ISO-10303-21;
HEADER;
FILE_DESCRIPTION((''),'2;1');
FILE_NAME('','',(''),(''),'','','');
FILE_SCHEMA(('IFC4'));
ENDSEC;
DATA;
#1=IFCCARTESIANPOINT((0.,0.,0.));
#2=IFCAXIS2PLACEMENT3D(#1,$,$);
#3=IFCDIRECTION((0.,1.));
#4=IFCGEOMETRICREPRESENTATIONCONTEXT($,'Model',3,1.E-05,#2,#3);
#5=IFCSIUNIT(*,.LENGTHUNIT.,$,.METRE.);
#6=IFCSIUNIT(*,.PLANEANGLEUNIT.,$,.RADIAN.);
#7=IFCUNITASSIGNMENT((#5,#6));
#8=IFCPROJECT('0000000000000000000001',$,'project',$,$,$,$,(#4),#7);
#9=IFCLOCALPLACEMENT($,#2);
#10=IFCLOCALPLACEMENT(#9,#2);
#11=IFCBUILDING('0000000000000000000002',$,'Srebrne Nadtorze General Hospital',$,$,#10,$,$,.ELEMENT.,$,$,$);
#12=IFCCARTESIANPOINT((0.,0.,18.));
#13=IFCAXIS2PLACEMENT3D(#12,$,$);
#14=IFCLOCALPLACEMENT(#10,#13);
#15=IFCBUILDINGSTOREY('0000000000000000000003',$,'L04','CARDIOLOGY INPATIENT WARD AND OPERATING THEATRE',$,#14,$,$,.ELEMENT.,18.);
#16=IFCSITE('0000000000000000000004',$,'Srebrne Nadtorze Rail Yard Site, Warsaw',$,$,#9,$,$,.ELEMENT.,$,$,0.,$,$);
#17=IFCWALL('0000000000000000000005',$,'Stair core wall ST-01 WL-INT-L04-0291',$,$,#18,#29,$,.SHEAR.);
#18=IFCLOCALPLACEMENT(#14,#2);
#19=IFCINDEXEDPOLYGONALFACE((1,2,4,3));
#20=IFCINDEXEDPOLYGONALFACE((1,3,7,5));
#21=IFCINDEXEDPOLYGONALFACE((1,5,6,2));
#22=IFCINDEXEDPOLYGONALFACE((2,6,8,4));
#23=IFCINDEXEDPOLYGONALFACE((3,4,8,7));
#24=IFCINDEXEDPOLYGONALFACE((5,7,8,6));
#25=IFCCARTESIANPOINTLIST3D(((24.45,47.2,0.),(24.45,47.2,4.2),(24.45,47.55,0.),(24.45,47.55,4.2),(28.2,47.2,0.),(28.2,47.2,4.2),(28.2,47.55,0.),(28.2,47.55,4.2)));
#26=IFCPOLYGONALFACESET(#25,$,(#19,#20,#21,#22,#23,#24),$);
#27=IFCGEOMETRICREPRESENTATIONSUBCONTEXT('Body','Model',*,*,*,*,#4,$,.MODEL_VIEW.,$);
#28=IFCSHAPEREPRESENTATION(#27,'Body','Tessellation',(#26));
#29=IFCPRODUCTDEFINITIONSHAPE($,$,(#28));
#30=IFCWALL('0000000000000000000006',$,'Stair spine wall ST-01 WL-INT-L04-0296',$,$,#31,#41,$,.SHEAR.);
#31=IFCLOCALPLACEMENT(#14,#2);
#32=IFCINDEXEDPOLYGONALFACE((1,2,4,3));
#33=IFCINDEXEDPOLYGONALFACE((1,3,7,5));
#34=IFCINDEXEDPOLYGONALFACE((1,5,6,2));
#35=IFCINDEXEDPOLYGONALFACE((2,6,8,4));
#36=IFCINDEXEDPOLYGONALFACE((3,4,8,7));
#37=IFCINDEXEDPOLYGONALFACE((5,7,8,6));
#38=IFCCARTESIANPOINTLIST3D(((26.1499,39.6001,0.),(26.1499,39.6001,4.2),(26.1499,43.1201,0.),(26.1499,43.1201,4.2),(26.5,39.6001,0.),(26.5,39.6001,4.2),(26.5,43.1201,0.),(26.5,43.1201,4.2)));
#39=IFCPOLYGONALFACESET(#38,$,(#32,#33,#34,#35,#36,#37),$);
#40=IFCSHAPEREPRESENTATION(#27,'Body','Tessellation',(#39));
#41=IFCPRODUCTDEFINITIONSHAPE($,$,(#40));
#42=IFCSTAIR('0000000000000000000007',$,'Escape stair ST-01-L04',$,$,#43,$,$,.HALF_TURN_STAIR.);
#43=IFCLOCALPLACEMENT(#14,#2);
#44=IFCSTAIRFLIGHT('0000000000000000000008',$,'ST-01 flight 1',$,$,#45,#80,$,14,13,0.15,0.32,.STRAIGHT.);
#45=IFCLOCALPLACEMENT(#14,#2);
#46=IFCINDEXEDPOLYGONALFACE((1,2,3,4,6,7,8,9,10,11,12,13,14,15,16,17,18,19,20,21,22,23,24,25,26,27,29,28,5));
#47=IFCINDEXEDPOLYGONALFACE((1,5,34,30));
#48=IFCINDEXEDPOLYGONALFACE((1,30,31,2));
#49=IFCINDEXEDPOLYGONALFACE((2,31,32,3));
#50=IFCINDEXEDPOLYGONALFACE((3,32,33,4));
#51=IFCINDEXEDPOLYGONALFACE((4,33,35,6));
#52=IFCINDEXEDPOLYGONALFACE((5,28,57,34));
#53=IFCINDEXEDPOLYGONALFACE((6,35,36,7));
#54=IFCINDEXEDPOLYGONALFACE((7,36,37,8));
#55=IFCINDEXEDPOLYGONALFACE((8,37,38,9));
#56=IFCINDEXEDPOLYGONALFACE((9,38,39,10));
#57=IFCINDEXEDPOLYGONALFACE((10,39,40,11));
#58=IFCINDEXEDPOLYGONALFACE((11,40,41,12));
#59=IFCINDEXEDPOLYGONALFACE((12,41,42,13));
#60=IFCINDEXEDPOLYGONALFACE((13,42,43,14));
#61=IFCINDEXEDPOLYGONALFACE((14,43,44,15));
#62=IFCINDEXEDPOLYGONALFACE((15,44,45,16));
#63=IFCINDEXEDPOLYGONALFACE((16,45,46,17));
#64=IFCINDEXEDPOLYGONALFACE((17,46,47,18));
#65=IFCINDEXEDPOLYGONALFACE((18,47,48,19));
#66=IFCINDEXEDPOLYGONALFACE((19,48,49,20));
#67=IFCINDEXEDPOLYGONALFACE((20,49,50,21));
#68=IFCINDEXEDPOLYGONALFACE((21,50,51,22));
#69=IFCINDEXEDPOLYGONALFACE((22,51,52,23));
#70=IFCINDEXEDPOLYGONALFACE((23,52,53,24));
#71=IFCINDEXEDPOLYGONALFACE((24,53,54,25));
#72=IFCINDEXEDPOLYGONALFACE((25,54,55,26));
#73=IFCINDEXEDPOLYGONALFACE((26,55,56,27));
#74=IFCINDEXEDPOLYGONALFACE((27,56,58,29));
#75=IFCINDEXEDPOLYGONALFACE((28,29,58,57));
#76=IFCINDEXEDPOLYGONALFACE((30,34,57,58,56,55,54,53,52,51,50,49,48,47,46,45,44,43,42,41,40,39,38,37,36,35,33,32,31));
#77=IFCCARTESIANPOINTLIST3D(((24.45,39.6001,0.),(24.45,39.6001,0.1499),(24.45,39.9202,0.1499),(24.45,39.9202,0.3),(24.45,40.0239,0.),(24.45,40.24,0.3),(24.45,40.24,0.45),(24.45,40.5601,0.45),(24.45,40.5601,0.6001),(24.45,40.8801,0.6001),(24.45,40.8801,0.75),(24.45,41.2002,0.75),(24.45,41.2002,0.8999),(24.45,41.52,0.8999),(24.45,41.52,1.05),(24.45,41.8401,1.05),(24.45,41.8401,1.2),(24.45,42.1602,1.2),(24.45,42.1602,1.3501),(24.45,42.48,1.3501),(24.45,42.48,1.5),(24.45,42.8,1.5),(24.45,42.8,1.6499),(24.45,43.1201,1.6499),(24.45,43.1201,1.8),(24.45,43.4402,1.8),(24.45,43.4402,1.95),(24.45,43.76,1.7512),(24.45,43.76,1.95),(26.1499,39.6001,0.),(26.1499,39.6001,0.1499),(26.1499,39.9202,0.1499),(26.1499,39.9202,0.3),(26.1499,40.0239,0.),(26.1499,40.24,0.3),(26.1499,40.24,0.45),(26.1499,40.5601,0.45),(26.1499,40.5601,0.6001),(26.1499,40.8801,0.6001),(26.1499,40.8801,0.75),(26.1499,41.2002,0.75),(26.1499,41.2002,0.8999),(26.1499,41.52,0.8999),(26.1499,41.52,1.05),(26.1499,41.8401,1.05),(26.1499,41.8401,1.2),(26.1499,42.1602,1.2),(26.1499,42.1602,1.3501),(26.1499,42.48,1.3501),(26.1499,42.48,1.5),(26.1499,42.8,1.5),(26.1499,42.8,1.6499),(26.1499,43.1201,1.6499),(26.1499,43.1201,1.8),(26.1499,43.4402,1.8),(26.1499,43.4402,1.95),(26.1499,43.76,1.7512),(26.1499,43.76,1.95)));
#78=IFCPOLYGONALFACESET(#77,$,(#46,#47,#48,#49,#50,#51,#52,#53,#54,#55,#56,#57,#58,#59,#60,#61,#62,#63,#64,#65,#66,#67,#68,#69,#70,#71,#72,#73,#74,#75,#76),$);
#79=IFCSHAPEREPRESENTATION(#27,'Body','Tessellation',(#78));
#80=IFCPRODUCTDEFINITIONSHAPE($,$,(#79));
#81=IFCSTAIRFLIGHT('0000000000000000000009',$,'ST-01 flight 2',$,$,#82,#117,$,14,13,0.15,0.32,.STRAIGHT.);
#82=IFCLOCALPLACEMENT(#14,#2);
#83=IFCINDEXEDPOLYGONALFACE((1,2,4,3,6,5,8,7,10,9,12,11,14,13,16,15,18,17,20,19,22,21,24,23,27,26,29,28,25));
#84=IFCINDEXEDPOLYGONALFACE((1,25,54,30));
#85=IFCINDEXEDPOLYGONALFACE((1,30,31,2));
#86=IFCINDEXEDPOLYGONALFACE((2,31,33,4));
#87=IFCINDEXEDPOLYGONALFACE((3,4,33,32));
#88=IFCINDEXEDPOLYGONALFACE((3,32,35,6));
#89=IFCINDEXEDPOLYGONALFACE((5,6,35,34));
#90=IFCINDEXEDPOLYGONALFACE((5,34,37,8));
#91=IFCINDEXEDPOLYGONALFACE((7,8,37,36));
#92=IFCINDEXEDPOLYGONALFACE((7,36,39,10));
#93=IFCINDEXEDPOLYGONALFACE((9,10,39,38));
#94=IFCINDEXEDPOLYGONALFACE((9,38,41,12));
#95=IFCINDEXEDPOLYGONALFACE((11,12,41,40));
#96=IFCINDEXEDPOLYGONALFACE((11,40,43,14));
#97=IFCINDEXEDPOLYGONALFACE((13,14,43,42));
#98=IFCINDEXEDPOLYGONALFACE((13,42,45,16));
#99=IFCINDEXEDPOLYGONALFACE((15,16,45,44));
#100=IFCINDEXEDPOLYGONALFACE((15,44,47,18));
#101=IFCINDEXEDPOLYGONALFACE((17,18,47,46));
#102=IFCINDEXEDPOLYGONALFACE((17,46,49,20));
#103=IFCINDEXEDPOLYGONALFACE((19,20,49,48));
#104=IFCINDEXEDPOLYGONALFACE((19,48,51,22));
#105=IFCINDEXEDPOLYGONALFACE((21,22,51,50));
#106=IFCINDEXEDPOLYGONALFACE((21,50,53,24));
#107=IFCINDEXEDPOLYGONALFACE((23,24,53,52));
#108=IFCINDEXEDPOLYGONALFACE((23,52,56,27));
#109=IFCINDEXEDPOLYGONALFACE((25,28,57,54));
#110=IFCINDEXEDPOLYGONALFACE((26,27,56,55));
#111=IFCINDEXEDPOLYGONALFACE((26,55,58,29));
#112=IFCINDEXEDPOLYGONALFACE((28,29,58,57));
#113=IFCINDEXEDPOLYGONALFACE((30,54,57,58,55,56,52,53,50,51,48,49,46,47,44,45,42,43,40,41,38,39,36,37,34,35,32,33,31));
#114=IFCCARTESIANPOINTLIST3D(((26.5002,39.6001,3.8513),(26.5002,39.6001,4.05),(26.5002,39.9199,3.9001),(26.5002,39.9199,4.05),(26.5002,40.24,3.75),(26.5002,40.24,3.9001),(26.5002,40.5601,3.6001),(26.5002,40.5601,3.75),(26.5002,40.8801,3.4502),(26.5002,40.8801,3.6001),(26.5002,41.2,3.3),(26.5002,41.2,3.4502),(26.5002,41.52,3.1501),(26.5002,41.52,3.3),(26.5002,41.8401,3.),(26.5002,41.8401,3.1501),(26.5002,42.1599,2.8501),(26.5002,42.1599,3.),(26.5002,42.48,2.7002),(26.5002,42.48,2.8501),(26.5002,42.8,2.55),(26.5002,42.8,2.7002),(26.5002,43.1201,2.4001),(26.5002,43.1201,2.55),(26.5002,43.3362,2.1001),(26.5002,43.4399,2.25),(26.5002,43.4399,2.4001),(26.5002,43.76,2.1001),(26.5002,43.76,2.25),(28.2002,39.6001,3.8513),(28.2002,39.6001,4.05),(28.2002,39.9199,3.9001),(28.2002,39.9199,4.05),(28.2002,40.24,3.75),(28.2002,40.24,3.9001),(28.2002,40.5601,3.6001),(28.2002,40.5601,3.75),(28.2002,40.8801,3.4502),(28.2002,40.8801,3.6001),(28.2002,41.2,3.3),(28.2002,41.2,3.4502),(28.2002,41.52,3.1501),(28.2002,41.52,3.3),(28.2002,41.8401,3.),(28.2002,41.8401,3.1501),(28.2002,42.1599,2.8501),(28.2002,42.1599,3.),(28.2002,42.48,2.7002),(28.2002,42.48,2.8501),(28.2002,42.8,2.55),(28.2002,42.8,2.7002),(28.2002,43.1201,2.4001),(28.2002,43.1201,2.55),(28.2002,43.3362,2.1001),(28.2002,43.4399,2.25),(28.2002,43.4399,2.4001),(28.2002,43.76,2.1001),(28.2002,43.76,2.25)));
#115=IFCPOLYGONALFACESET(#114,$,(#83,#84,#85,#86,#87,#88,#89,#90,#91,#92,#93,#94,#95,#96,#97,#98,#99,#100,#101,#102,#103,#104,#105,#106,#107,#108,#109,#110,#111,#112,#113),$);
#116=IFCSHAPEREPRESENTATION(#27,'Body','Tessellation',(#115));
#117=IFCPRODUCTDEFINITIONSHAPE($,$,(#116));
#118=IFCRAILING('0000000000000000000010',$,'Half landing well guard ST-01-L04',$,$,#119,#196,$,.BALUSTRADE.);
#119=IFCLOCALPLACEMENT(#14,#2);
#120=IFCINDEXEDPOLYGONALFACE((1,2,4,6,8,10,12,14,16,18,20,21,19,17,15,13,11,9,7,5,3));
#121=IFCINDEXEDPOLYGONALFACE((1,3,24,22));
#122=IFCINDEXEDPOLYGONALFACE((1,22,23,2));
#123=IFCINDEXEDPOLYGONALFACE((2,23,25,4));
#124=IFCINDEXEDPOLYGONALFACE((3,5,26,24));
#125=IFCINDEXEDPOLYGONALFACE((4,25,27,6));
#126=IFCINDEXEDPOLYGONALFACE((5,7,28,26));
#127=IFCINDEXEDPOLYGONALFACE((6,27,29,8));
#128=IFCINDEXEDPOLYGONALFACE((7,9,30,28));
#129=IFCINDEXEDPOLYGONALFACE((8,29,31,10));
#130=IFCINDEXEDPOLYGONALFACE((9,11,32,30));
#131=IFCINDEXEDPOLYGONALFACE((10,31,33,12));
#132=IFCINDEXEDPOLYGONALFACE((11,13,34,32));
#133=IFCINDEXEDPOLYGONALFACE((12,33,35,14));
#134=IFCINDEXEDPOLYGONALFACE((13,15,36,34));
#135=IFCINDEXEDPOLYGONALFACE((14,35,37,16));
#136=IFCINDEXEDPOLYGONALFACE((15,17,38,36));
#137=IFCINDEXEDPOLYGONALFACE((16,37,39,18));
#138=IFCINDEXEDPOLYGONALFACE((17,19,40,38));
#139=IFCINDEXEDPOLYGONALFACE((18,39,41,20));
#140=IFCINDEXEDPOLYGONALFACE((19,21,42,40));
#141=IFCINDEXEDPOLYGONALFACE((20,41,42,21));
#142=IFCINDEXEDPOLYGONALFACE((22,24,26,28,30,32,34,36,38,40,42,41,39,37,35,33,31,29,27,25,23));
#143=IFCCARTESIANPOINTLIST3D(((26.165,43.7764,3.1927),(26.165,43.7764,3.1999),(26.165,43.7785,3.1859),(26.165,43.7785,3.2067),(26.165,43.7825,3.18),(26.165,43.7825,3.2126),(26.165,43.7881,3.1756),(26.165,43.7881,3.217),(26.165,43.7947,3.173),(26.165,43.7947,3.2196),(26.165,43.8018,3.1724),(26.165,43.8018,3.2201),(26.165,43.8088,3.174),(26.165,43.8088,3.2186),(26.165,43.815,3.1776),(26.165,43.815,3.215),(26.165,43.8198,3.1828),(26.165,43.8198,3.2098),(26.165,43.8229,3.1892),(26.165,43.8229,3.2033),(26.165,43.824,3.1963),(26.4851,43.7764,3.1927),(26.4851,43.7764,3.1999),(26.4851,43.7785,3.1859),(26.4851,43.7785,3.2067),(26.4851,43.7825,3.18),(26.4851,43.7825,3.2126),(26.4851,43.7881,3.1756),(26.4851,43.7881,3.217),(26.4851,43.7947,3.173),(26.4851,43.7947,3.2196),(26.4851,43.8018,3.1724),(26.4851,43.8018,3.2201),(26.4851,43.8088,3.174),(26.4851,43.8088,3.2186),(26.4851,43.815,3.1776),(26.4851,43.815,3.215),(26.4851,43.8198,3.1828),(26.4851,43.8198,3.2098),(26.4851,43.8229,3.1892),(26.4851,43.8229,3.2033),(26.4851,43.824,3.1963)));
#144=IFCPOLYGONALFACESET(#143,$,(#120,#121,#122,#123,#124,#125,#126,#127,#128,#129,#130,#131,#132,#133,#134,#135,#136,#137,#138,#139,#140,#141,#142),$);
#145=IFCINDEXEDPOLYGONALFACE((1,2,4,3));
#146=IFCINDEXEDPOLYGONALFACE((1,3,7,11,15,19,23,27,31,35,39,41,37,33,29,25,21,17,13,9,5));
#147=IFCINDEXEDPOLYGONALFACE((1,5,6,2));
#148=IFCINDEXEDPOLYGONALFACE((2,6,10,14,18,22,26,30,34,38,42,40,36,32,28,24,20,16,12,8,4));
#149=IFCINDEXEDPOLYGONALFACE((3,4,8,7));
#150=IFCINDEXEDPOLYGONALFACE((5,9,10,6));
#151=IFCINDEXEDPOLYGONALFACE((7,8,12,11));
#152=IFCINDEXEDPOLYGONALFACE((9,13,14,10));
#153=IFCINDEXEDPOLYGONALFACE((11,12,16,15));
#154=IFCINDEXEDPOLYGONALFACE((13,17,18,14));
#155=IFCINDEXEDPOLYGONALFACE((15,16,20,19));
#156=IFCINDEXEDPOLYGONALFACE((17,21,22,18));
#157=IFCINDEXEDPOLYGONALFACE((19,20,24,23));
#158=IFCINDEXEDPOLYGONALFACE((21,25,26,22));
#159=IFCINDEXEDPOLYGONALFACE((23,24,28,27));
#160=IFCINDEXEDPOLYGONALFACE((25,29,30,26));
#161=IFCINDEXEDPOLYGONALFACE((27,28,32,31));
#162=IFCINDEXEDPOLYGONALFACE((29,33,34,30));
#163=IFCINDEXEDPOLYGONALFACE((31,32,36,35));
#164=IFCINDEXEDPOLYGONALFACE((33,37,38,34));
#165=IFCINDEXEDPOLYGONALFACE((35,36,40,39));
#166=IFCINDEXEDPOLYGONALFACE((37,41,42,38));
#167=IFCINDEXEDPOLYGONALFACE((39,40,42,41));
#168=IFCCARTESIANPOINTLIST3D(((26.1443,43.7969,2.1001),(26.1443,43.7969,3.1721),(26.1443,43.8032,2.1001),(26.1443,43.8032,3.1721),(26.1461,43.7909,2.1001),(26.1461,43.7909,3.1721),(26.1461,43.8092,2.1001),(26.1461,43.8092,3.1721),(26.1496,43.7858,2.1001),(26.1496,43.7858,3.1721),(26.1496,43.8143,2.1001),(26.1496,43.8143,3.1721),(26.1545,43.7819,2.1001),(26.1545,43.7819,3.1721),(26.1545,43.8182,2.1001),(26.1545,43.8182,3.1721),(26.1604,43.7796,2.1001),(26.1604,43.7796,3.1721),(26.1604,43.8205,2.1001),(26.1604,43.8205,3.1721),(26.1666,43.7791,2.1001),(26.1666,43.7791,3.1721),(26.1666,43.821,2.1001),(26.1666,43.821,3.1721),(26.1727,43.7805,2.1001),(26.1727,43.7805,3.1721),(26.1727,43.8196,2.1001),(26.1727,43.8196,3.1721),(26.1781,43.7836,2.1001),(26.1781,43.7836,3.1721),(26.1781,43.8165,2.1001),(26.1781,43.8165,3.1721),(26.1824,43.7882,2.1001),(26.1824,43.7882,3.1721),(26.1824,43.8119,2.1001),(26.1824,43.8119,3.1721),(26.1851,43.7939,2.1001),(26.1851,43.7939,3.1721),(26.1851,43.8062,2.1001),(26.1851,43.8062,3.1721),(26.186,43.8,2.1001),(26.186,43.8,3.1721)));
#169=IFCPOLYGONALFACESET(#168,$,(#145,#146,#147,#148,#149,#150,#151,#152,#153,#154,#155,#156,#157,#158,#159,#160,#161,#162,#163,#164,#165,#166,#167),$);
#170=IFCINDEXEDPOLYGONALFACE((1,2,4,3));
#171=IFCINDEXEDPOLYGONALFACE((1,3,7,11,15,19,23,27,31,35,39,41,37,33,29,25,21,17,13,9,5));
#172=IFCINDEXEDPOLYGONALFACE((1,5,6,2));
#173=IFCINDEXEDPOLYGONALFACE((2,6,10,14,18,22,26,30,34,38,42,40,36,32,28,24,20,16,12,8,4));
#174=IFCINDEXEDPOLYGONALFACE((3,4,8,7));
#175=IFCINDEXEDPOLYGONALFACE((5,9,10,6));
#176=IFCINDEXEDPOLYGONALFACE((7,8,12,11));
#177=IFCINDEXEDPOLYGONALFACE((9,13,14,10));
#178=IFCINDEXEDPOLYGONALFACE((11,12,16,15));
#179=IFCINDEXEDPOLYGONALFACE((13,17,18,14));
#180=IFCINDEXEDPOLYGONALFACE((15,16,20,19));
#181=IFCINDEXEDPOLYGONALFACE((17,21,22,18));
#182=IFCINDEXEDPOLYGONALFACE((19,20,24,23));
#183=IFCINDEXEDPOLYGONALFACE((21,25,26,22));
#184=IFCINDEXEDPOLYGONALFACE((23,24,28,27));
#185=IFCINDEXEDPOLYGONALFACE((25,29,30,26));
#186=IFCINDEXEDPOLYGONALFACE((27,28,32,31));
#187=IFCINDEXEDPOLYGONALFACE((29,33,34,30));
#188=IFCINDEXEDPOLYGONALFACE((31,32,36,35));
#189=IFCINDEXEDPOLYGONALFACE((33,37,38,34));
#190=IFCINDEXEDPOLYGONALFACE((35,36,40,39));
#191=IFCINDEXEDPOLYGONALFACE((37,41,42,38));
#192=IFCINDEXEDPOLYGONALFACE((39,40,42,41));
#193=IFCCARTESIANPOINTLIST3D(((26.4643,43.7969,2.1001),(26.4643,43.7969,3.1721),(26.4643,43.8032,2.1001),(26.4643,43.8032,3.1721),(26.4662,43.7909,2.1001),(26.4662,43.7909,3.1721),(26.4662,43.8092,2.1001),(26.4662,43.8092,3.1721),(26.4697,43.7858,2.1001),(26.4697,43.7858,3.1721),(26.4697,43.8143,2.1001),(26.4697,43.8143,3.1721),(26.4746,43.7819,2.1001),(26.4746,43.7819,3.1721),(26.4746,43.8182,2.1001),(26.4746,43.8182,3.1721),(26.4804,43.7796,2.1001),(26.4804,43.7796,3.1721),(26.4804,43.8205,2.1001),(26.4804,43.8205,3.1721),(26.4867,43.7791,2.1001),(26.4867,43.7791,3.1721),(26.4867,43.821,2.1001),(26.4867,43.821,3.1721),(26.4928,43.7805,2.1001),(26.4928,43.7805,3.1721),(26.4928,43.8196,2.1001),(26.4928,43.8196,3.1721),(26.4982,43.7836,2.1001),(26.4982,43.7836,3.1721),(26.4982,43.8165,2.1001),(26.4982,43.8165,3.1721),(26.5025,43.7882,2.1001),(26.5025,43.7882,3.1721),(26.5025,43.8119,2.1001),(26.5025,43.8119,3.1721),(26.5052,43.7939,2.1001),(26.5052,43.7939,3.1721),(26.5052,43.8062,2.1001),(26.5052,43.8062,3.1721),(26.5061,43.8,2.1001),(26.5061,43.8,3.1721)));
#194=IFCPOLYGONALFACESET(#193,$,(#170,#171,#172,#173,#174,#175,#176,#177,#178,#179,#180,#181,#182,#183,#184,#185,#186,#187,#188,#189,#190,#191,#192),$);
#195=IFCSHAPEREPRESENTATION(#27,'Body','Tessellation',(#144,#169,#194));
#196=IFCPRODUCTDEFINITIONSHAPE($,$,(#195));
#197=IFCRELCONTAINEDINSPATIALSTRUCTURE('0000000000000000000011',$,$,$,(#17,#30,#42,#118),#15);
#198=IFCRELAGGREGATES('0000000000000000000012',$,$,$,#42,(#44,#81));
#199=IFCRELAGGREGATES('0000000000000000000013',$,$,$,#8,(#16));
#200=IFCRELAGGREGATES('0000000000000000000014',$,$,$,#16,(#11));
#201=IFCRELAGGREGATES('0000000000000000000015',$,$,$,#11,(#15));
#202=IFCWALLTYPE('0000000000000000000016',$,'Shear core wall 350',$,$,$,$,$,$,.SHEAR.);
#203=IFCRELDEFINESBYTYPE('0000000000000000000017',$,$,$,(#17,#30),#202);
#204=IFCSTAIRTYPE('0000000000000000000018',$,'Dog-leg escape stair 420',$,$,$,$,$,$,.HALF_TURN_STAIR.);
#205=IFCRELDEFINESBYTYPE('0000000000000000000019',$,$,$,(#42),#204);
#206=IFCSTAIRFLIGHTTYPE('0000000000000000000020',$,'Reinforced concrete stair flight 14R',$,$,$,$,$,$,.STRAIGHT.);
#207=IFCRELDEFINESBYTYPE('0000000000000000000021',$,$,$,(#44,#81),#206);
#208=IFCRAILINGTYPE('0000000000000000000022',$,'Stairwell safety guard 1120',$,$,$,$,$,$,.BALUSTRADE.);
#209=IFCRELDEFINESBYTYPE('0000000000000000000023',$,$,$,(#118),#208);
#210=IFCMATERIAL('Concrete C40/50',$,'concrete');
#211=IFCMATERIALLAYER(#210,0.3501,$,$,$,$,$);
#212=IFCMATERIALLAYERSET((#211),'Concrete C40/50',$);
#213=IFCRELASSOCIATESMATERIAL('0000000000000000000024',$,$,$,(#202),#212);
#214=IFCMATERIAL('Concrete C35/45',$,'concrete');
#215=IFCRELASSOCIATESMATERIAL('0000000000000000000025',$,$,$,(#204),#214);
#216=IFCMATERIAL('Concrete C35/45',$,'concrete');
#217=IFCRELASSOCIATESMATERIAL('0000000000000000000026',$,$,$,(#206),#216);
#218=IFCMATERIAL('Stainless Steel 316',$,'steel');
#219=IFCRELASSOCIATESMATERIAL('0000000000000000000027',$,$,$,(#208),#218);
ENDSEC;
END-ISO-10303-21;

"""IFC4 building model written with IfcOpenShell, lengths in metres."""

from ifc_helpers import new_model, si_unit, direction, frame, frame_2d, origin, origin_2d, place, context, subcontext, project, spatial, polyline, rectangle, circle, outline, extrude, material, layer, layer_set, type_object, element, aggregate, save


model = new_model("IFC4")

# Units and contexts
model_context = context("Model", 3, precision=1e-05, world=origin(), true_north=direction((0.0, 1.0)))
body_context = subcontext(model_context, "Body", "Model", "MODEL_VIEW")
ifc_project = project(units=[si_unit("LENGTHUNIT", "METRE"), si_unit("PLANEANGLEUNIT", "RADIAN")], contexts=[model_context])

# Site, building, storey
site_placement = place(None, origin())
site = spatial("IfcSite", under=ifc_project, at=site_placement, Name="Srebrne Nadtorze Rail Yard Site, Warsaw", CompositionType="ELEMENT", RefElevation=0.0)
building_placement = place(site_placement, origin())
building = spatial("IfcBuilding", under=site, at=building_placement, Name="Srebrne Nadtorze General Hospital", CompositionType="ELEMENT")
storey_placement = place(building_placement, frame((0.0, 0.0, 18.0)))
storey = spatial("IfcBuildingStorey", under=building, at=storey_placement, Name="L04", Description="CARDIOLOGY INPATIENT WARD AND OPERATING THEATRE", CompositionType="ELEMENT", Elevation=18.0)

# Walls
ifc_material_1 = material(Name="Concrete C40/50", Category="concrete")
ifc_layer_1 = layer(ifc_material_1, 0.3501)
ifc_layer_set_1 = layer_set([ifc_layer_1], Name="Concrete C40/50")
wall_type_1 = type_object("IfcWallType", Name="Shear core wall 350", PredefinedType="SHEAR", material=ifc_layer_set_1)
wall_1_placement = place(storey_placement, frame((24.45, 47.375, 0.0), z_axis=(0.0, 0.0, 1.0), x_axis=(1.0, 0.0, 0.0)))
element("IfcWall", 1, at=wall_1_placement, inside=storey, type_object=wall_type_1, Name="Stair core wall ST-01 WL-INT-L04-0291", PredefinedType="SHEAR", context=body_context, shape_type="SweptSolid", body=[
    extrude(rectangle(XDim=3.75, YDim=0.3501, at=frame_2d((1.875, 0.0))), origin(), (0.0, 0.0, 1.0), 4.2),
])
wall_2_placement = place(storey_placement, frame((26.325, 39.6001, 0.0), z_axis=(0.0, 0.0, 1.0), x_axis=(0.0, 1.0, 0.0)))
element("IfcWall", 2, at=wall_2_placement, inside=storey, type_object=wall_type_1, Name="Stair spine wall ST-01 WL-INT-L04-0296", PredefinedType="SHEAR", context=body_context, shape_type="SweptSolid", body=[
    extrude(rectangle(XDim=3.52, YDim=0.3501, at=frame_2d((1.76, 0.0))), origin(), (0.0, 0.0, 1.0), 4.2),
])

# Stair, stair flights
ifc_material_2 = material(Name="Concrete C35/45", Category="concrete")
stair_type = type_object("IfcStairType", Name="Dog-leg escape stair 420", PredefinedType="HALF_TURN_STAIR", material=ifc_material_2)
stair_placement = place(storey_placement, origin())
stair = element("IfcStair", 3, at=stair_placement, inside=storey, type_object=stair_type, Name="Escape stair ST-01-L04", PredefinedType="HALF_TURN_STAIR")
ifc_material_3 = material(Name="Concrete C35/45", Category="concrete")
stair_flight_type = type_object("IfcStairFlightType", Name="Reinforced concrete stair flight 14R", PredefinedType="STRAIGHT", material=ifc_material_3)
stair_flight_1_placement = place(storey_placement, frame((25.3, 39.6001, 0.0), z_axis=(0.0, 0.0, 1.0), x_axis=(0.0, 1.0, 0.0)))
stair_flight_1 = element("IfcStairFlight", 4, at=stair_flight_1_placement, type_object=stair_flight_type, Name="ST-01 flight 1", NumberOfRisers=14, NumberOfTreads=13, PredefinedType="STRAIGHT", RiserHeight=0.15, TreadLength=0.32, context=body_context, shape_type="SweptSolid", body=[
    extrude(outline(polyline([(0.0, 0.0), (0.0, 0.1499), (0.3201, 0.1499), (0.3201, 0.3), (0.6399, 0.3), (0.6399, 0.45), (0.96, 0.45), (0.96, 0.6001), (1.28, 0.6001), (1.28, 0.75), (1.6001, 0.75), (1.6001, 0.8999), (1.9199, 0.8999), (1.9199, 1.05), (2.24, 1.05), (2.24, 1.2), (2.5601, 1.2), (2.5601, 1.3501), (2.8799, 1.3501), (2.8799, 1.5), (3.2, 1.5), (3.2, 1.6499), (3.52, 1.6499), (3.52, 1.8), (3.8401, 1.8), (3.8401, 1.95), (4.1599, 1.95), (4.1599, 2.1001), (4.1599, 1.7512), (0.4238, 0.0), (0.0, 0.0)])), frame((0.0, 0.8501, 0.0), z_axis=(0.0, -1.0, 0.0), x_axis=(1.0, 0.0, 0.0)), (0.0, 0.0, 1.0), 1.7),
])
stair_flight_2_placement = place(storey_placement, frame((27.3501, 43.76, 2.1001), z_axis=(0.0, 0.0, 1.0), x_axis=(0.0, -1.0, 0.0)))
stair_flight_2 = element("IfcStairFlight", 5, at=stair_flight_2_placement, type_object=stair_flight_type, Name="ST-01 flight 2", NumberOfRisers=14, NumberOfTreads=13, PredefinedType="STRAIGHT", RiserHeight=0.15, TreadLength=0.32, context=body_context, shape_type="SweptSolid", body=[
    extrude(outline(polyline([(0.0, 0.0), (0.0, 0.1499), (0.3201, 0.1499), (0.3201, 0.3), (0.6399, 0.3), (0.6399, 0.45), (0.96, 0.45), (0.96, 0.6001), (1.28, 0.6001), (1.28, 0.75), (1.6001, 0.75), (1.6001, 0.8999), (1.9199, 0.8999), (1.9199, 1.05), (2.24, 1.05), (2.24, 1.2), (2.5601, 1.2), (2.5601, 1.3501), (2.8799, 1.3501), (2.8799, 1.5), (3.2, 1.5), (3.2, 1.6499), (3.52, 1.6499), (3.52, 1.8), (3.8401, 1.8), (3.8401, 1.95), (4.1599, 1.95), (4.1599, 2.1001), (4.1599, 1.7512), (0.4238, 0.0), (0.0, 0.0)])), frame((0.0, 0.8501, 0.0), z_axis=(0.0, -1.0, 0.0), x_axis=(1.0, 0.0, 0.0)), (0.0, 0.0, 1.0), 1.7),
])
aggregate(stair, [stair_flight_1, stair_flight_2])

# Railing
ifc_material_4 = material(Name="Stainless Steel 316", Category="steel")
railing_type_1 = type_object("IfcRailingType", Name="Stairwell safety guard 1120", PredefinedType="BALUSTRADE", material=ifc_material_4)
railing_1_placement = place(storey_placement, frame((26.165, 43.8, 2.1001)))
element("IfcRailing", 6, at=railing_1_placement, inside=storey, type_object=railing_type_1, Name="Half landing well guard ST-01-L04", PredefinedType="BALUSTRADE", context=body_context, shape_type="SweptSolid", body=[
    extrude(circle(Radius=0.0239, at=origin_2d()), frame((0.0, 0.0, 1.0962), z_axis=(1.0, 0.0, 0.0), x_axis=(0.0, 1.0, 0.0)), (0.0, 0.0, 1.0), 0.3201),
    extrude(circle(Radius=0.021, at=origin_2d()), origin(), (0.0, 0.0, 1.0), 1.072),
    extrude(circle(Radius=0.021, at=origin_2d()), frame((0.3201, 0.0, 0.0)), (0.0, 0.0, 1.0), 1.072),
])

save(model, "model.ifc")
